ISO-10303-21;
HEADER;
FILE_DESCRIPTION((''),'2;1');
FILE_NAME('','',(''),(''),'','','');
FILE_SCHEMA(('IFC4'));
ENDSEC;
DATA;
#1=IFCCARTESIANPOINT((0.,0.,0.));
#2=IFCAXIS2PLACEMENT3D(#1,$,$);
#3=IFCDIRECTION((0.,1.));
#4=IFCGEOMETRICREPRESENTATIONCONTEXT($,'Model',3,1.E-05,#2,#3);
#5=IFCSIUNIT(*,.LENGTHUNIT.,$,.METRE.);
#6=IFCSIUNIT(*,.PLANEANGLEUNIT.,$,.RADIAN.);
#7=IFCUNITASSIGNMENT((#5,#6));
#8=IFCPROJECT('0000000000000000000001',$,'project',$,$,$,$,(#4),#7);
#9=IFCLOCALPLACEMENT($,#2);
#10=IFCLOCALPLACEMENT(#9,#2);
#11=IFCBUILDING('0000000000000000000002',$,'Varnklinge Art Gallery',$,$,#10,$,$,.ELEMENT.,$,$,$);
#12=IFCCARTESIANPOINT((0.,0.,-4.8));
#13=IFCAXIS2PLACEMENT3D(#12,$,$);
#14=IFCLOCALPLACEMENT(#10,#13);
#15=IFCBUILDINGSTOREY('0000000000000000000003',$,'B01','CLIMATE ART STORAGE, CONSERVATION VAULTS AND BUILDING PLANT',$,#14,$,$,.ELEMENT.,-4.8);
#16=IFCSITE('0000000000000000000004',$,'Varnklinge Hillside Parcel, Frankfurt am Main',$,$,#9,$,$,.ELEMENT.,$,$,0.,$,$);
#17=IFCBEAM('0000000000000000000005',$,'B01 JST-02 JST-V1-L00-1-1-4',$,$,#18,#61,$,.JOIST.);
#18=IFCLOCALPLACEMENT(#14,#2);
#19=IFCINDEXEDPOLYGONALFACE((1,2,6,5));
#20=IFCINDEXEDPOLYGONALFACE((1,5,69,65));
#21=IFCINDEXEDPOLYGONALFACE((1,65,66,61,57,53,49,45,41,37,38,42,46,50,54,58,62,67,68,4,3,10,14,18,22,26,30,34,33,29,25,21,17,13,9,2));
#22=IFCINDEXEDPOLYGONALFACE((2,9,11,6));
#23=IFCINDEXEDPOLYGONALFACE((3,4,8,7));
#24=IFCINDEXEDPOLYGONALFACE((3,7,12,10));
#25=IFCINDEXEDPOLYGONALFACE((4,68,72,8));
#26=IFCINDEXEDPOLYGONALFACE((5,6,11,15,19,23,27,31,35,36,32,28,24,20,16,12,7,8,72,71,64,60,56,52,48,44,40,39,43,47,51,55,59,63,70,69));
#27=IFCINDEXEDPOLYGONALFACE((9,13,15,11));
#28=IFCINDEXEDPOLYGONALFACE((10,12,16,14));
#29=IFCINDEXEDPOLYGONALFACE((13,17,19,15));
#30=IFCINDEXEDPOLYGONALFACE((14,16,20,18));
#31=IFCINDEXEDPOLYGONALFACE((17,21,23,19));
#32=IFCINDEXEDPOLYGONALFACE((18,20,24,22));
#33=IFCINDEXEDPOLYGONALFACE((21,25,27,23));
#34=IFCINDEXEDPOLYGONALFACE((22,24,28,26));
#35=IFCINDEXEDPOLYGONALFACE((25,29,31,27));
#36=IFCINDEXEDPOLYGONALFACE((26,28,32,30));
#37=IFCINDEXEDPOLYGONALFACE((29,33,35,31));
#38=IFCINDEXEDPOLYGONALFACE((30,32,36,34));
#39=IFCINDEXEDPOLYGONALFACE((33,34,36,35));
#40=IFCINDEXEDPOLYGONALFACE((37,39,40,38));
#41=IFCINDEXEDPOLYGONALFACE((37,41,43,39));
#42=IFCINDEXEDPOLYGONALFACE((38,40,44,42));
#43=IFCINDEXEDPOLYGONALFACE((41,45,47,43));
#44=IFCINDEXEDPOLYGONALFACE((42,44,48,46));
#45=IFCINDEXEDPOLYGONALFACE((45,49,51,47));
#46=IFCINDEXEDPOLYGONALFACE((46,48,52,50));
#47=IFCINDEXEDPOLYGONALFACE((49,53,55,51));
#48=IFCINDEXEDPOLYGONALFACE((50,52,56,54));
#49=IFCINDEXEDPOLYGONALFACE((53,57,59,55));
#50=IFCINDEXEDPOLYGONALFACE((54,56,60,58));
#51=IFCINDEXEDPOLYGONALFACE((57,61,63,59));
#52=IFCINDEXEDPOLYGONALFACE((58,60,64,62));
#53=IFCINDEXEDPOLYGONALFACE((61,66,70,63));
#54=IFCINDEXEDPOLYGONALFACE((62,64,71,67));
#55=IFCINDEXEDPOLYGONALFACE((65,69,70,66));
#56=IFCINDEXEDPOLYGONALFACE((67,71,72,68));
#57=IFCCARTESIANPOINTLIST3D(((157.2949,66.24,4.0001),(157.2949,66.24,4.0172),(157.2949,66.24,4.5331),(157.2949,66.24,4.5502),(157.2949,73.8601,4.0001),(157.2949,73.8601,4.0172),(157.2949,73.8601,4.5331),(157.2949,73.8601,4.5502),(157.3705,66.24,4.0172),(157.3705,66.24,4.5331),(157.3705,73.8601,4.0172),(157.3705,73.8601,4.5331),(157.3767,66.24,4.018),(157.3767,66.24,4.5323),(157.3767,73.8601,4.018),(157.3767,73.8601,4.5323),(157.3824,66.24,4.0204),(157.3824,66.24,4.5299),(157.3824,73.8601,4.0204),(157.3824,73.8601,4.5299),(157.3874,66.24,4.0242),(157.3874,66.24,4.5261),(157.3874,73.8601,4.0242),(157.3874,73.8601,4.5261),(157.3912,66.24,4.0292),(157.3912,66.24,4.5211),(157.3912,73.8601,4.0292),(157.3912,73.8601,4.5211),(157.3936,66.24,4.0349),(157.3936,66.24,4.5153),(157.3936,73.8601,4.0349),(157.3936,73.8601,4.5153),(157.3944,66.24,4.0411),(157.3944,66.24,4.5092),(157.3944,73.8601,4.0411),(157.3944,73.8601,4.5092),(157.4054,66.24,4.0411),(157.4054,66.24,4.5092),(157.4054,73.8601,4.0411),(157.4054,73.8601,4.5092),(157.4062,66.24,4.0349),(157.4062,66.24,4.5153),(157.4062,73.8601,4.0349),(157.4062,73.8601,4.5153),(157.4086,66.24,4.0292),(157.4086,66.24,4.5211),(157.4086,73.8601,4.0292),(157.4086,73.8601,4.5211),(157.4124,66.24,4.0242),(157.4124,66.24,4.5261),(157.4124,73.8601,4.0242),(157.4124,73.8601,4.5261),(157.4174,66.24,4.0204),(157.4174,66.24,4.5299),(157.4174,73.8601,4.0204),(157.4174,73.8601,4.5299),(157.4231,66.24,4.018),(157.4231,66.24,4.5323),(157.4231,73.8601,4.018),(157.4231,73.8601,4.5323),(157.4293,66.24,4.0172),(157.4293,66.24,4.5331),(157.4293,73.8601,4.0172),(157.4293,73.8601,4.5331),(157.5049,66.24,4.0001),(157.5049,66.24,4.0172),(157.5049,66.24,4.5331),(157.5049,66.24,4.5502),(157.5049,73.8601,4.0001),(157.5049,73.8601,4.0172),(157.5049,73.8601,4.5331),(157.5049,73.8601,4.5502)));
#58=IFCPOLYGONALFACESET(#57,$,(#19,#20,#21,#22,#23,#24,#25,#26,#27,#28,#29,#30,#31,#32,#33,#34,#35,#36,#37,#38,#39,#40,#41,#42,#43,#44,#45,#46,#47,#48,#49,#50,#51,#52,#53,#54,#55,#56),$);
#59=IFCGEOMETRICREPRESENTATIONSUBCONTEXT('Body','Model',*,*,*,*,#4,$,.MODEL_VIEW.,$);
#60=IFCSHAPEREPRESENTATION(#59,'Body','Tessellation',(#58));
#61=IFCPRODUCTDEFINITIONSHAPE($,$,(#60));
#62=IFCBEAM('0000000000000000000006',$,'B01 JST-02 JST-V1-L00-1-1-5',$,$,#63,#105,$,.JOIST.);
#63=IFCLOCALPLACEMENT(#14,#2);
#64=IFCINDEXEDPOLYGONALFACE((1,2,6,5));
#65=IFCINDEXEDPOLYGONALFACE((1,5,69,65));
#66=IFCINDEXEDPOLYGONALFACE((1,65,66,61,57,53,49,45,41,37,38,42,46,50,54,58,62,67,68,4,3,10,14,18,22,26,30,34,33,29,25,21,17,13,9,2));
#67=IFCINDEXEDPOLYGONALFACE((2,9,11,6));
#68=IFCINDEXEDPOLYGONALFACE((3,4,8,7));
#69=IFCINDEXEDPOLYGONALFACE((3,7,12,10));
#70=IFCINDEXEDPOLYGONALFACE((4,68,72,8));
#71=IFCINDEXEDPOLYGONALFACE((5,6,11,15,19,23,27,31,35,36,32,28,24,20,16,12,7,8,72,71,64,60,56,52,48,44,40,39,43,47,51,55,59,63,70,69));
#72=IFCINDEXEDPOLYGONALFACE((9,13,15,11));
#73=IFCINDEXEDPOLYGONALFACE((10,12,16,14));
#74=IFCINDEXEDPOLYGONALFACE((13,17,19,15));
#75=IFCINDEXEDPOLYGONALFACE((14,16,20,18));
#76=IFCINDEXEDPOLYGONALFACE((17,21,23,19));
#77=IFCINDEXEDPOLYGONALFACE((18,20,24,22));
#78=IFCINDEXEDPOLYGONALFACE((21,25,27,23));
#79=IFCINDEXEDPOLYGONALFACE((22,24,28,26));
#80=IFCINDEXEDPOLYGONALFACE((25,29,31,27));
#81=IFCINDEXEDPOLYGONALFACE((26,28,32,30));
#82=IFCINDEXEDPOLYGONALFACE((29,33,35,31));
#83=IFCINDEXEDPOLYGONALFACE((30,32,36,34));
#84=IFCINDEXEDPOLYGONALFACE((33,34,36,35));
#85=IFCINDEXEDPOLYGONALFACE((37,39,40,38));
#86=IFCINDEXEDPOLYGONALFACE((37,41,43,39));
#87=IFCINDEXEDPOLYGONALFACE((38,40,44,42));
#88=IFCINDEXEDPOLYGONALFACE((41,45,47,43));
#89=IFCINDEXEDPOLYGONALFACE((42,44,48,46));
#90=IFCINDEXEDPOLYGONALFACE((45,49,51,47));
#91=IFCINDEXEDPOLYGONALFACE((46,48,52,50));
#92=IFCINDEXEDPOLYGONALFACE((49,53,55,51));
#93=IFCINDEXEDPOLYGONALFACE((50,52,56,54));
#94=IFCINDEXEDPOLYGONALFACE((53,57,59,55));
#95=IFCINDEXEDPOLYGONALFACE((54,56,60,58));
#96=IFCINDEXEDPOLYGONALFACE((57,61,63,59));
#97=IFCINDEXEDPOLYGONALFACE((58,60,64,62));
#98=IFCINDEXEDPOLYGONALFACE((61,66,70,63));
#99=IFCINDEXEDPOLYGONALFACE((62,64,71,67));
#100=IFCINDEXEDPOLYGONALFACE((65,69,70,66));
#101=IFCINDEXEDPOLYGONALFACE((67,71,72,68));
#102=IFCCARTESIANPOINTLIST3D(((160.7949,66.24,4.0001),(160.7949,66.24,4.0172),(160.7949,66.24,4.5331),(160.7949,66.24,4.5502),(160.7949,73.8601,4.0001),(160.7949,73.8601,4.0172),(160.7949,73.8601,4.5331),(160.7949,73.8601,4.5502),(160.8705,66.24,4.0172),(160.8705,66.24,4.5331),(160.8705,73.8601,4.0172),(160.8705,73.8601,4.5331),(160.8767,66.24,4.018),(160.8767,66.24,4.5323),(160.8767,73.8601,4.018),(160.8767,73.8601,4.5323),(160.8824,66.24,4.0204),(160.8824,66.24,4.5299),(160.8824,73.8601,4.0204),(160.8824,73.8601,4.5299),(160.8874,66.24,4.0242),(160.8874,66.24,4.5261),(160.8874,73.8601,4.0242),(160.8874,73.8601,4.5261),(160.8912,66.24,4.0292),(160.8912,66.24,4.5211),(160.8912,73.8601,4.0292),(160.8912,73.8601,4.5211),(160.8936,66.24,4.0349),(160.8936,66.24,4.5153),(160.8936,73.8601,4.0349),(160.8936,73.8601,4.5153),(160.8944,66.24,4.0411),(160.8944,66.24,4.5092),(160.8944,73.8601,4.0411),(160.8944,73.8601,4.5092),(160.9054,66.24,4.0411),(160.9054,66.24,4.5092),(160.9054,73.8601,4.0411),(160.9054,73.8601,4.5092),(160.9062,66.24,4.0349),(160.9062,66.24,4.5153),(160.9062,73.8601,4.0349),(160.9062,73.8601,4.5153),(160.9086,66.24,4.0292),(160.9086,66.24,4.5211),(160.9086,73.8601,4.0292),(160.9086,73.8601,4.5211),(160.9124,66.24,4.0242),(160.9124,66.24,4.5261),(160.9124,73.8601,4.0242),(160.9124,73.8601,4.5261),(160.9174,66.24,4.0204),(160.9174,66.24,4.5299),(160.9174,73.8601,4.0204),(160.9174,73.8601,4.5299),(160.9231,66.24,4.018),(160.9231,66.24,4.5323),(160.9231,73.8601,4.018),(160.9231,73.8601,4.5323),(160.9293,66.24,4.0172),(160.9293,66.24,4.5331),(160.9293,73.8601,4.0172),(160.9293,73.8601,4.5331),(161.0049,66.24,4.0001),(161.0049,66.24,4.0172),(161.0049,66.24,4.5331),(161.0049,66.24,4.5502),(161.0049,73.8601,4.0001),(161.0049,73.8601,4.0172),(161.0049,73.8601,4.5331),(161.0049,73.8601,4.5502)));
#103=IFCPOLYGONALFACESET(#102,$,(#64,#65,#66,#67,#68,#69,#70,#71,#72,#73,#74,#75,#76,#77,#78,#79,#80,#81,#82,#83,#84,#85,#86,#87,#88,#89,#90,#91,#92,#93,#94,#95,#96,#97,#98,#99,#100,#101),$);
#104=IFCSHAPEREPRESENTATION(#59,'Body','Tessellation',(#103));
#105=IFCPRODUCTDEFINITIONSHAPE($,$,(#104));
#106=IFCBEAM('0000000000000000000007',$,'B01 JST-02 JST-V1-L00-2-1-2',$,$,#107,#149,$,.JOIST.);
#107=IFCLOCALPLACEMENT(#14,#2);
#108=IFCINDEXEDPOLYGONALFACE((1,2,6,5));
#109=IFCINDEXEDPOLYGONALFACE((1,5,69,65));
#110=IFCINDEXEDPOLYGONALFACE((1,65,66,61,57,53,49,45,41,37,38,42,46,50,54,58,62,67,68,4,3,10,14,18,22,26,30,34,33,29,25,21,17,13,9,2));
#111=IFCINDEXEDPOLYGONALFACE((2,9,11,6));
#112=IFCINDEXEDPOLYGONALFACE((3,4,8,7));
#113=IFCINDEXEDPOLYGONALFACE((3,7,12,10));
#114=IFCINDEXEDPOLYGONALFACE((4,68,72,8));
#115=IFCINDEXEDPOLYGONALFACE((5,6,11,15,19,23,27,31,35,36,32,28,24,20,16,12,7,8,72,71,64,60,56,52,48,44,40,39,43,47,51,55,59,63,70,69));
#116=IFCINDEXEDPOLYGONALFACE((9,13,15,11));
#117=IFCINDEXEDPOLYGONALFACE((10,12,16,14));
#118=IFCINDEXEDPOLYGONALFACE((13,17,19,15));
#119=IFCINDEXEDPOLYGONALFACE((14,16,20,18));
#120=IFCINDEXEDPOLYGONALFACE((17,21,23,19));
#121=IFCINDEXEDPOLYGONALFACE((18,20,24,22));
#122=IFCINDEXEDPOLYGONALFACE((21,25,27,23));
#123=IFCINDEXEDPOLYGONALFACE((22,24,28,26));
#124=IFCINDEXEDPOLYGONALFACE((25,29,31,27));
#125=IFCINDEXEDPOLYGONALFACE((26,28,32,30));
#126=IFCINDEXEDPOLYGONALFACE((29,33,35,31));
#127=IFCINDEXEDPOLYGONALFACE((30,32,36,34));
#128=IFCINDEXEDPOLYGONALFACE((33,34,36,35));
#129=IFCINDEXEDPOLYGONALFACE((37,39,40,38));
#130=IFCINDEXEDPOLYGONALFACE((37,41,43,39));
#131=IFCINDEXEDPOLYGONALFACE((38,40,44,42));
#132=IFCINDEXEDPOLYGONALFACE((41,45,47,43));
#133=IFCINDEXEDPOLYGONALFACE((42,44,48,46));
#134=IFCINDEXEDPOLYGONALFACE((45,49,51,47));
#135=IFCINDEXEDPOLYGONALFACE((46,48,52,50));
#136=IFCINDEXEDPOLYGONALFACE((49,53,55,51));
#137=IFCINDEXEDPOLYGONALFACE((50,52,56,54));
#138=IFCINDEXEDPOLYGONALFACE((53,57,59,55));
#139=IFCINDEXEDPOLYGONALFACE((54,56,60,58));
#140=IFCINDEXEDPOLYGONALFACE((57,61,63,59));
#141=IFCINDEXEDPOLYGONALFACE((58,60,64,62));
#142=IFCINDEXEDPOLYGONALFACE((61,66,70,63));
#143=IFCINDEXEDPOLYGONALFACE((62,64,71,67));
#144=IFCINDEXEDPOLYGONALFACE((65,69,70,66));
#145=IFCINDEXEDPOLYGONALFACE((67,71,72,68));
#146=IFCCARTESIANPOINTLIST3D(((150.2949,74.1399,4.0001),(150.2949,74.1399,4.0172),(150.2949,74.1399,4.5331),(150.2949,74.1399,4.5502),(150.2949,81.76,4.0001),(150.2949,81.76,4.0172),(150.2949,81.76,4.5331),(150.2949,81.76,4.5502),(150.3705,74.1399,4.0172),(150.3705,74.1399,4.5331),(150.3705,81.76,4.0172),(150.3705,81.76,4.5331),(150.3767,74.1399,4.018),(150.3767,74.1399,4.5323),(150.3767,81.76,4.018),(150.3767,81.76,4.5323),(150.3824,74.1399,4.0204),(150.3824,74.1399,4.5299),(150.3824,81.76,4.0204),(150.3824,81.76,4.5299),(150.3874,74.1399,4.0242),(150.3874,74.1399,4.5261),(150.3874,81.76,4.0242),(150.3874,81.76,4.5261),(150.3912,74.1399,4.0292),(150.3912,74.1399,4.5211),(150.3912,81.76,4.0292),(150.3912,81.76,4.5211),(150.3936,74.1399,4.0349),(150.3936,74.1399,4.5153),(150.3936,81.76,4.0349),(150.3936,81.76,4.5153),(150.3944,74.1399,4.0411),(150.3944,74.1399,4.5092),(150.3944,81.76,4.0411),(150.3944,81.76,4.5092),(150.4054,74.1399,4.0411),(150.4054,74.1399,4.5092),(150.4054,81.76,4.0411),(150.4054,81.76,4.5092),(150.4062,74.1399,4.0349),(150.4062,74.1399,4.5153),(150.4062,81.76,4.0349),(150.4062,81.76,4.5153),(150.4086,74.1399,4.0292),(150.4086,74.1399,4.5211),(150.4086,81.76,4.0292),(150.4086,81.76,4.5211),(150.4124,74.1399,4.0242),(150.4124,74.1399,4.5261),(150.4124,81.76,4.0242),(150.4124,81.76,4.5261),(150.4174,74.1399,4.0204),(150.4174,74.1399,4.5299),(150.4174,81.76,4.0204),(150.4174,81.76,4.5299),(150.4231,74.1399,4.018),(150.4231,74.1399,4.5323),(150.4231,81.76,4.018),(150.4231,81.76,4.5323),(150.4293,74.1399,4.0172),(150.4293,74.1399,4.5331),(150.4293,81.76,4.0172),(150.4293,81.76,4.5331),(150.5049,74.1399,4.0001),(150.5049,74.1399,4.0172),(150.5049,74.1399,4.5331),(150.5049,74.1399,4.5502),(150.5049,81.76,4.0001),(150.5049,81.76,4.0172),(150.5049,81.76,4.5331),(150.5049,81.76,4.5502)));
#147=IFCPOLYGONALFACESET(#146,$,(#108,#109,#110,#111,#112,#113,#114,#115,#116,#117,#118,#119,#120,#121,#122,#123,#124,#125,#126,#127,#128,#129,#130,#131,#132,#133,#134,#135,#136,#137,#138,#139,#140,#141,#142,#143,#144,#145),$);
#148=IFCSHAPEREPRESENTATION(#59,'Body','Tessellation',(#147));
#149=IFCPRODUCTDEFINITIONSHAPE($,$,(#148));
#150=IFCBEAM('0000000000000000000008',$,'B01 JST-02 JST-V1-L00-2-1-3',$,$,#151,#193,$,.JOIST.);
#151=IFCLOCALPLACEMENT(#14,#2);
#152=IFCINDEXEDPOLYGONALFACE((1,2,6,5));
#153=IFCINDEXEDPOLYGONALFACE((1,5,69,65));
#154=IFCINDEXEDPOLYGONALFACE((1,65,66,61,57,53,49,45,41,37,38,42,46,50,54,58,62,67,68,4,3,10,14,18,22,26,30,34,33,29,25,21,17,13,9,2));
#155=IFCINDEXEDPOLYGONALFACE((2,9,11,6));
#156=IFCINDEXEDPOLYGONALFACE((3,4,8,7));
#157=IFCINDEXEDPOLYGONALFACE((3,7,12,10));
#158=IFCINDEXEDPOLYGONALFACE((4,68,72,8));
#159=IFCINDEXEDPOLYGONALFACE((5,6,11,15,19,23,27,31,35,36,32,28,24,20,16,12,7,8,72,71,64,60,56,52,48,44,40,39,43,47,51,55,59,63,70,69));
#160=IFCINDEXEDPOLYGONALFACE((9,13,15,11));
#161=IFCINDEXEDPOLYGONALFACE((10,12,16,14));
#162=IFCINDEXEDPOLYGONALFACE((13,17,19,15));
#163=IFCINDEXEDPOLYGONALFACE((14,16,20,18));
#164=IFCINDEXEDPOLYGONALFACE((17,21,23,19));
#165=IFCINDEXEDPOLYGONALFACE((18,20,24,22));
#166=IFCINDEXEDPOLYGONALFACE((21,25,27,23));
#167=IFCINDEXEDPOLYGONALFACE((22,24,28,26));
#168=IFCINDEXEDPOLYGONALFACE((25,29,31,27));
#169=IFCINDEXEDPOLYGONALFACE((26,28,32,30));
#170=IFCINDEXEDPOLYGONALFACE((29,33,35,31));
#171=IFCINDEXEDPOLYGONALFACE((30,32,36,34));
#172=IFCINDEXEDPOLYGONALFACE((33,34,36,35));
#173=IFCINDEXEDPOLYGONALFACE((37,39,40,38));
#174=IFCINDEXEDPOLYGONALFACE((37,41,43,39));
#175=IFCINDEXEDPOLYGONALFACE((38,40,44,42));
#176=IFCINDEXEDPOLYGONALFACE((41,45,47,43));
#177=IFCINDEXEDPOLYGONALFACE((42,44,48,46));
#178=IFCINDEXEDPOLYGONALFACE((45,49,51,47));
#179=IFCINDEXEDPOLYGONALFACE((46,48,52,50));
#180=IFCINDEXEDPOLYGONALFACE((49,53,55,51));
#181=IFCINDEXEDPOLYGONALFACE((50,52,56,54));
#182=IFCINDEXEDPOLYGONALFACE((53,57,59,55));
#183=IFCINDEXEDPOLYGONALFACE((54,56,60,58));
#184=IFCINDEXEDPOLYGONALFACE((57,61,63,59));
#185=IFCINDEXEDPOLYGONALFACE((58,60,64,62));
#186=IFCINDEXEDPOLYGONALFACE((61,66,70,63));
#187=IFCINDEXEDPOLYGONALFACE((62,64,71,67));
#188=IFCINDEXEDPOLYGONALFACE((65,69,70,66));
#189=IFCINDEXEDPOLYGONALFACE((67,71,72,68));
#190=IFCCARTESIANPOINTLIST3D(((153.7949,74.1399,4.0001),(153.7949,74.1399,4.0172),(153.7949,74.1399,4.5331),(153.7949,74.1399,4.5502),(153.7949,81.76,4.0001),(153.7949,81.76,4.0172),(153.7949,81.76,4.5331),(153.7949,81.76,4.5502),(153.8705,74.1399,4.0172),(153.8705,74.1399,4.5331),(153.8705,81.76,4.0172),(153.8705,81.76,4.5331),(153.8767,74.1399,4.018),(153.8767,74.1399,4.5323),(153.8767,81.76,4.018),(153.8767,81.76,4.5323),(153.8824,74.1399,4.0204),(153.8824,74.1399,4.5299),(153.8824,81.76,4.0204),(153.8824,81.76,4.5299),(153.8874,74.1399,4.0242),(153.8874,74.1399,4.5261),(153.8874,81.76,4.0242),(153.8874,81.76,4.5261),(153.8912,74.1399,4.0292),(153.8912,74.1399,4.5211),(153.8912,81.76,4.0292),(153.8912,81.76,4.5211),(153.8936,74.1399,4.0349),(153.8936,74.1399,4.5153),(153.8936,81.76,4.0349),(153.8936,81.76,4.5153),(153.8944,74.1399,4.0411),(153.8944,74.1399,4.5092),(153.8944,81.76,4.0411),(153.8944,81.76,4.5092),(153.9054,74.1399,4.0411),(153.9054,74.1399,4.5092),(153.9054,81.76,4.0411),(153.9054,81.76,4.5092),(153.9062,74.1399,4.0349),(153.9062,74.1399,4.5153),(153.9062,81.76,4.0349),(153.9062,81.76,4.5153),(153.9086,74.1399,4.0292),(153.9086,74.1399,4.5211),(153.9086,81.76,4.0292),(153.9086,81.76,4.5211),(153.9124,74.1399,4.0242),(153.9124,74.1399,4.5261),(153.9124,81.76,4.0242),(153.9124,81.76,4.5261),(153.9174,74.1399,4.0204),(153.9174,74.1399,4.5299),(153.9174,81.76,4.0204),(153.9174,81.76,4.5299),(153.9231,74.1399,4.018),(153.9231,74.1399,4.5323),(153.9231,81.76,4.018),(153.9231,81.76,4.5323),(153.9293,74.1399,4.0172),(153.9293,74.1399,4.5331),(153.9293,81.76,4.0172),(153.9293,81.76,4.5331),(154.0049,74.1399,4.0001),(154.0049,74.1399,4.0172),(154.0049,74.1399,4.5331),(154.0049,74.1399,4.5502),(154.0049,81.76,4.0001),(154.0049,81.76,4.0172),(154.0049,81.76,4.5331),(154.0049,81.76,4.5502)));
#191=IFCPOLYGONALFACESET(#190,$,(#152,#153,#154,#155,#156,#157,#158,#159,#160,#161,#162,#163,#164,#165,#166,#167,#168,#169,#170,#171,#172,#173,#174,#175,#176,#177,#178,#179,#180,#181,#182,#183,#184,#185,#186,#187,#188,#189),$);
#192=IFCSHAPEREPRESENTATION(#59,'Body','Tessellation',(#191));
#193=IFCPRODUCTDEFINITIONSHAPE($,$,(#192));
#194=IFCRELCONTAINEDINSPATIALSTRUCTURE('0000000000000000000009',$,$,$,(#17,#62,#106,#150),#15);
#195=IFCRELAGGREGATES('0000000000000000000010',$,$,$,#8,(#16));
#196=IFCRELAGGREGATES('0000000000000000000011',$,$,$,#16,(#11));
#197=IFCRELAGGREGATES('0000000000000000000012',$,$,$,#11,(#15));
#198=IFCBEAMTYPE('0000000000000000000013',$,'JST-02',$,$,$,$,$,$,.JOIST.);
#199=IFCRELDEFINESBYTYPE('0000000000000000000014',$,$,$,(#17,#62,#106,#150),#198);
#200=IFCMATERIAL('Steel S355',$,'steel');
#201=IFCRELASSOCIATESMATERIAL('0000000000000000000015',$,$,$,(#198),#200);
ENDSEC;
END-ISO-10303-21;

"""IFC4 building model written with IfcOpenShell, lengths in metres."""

from ifc_helpers import new_model, si_unit, direction, frame, origin, origin_2d, place, context, subcontext, project, spatial, i_section, extrude, material, material_profile, profile_set, type_object, element, save


model = new_model("IFC4")

# Units and contexts
model_context = context("Model", 3, precision=1e-05, world=origin(), true_north=direction((0.0, 1.0)))
body_context = subcontext(model_context, "Body", "Model", "MODEL_VIEW")
ifc_project = project(units=[si_unit("LENGTHUNIT", "METRE"), si_unit("PLANEANGLEUNIT", "RADIAN")], contexts=[model_context])

# Site, building, storey
site_placement = place(None, origin())
site = spatial("IfcSite", under=ifc_project, at=site_placement, Name="Varnklinge Hillside Parcel, Frankfurt am Main", CompositionType="ELEMENT", RefElevation=0.0)
building_placement = place(site_placement, origin())
building = spatial("IfcBuilding", under=site, at=building_placement, Name="Varnklinge Art Gallery", CompositionType="ELEMENT")
storey_placement = place(building_placement, frame((0.0, 0.0, -4.8)))
storey = spatial("IfcBuildingStorey", under=building, at=storey_placement, Name="B01", Description="CLIMATE ART STORAGE, CONSERVATION VAULTS AND BUILDING PLANT", CompositionType="ELEMENT", Elevation=-4.8)

# Beams
ifc_material_1 = material(Name="Steel S355", Category="steel")
ifc_material_profile_1 = material_profile(ifc_material_1, i_section(OverallWidth=0.21, OverallDepth=0.55, WebThickness=0.011, FlangeThickness=0.0171, FilletRadius=0.0239, at=origin_2d()), Name="IPE 550")
ifc_profile_set_1 = profile_set([ifc_material_profile_1], Name="Steel S355")
beam_type_1 = type_object("IfcBeamType", Name="JST-02", PredefinedType="JOIST", material=ifc_profile_set_1)
for number, where, z_axis, x_axis, name in (
    (1, (157.3999, 66.24, 4.2751), (0.0, 1.0, 0.0), (-1.0, 0.0, 0.0), "B01 JST-02 JST-V1-L00-1-1-4"),
    (2, (160.8999, 66.24, 4.2751), (0.0, 1.0, 0.0), (-1.0, 0.0, 0.0), "B01 JST-02 JST-V1-L00-1-1-5"),
    (3, (150.3999, 74.1399, 4.2751), (0.0, 1.0, 0.0), (-1.0, 0.0, 0.0), "B01 JST-02 JST-V1-L00-2-1-2"),
    (4, (153.8999, 74.1399, 4.2751), (0.0, 1.0, 0.0), (-1.0, 0.0, 0.0), "B01 JST-02 JST-V1-L00-2-1-3"),
):
    element("IfcBeam", number, at=place(storey_placement, frame(where, z_axis=z_axis, x_axis=x_axis)), inside=storey, type_object=beam_type_1, Name=name, PredefinedType="JOIST", context=body_context, shape_type="SweptSolid", body=[
        extrude(i_section(OverallWidth=0.21, OverallDepth=0.55, WebThickness=0.011, FlangeThickness=0.0171, FilletRadius=0.0239, at=origin_2d()), origin(), (0.0, 0.0, 1.0), 7.6201),
    ])

save(model, "model.ifc")
